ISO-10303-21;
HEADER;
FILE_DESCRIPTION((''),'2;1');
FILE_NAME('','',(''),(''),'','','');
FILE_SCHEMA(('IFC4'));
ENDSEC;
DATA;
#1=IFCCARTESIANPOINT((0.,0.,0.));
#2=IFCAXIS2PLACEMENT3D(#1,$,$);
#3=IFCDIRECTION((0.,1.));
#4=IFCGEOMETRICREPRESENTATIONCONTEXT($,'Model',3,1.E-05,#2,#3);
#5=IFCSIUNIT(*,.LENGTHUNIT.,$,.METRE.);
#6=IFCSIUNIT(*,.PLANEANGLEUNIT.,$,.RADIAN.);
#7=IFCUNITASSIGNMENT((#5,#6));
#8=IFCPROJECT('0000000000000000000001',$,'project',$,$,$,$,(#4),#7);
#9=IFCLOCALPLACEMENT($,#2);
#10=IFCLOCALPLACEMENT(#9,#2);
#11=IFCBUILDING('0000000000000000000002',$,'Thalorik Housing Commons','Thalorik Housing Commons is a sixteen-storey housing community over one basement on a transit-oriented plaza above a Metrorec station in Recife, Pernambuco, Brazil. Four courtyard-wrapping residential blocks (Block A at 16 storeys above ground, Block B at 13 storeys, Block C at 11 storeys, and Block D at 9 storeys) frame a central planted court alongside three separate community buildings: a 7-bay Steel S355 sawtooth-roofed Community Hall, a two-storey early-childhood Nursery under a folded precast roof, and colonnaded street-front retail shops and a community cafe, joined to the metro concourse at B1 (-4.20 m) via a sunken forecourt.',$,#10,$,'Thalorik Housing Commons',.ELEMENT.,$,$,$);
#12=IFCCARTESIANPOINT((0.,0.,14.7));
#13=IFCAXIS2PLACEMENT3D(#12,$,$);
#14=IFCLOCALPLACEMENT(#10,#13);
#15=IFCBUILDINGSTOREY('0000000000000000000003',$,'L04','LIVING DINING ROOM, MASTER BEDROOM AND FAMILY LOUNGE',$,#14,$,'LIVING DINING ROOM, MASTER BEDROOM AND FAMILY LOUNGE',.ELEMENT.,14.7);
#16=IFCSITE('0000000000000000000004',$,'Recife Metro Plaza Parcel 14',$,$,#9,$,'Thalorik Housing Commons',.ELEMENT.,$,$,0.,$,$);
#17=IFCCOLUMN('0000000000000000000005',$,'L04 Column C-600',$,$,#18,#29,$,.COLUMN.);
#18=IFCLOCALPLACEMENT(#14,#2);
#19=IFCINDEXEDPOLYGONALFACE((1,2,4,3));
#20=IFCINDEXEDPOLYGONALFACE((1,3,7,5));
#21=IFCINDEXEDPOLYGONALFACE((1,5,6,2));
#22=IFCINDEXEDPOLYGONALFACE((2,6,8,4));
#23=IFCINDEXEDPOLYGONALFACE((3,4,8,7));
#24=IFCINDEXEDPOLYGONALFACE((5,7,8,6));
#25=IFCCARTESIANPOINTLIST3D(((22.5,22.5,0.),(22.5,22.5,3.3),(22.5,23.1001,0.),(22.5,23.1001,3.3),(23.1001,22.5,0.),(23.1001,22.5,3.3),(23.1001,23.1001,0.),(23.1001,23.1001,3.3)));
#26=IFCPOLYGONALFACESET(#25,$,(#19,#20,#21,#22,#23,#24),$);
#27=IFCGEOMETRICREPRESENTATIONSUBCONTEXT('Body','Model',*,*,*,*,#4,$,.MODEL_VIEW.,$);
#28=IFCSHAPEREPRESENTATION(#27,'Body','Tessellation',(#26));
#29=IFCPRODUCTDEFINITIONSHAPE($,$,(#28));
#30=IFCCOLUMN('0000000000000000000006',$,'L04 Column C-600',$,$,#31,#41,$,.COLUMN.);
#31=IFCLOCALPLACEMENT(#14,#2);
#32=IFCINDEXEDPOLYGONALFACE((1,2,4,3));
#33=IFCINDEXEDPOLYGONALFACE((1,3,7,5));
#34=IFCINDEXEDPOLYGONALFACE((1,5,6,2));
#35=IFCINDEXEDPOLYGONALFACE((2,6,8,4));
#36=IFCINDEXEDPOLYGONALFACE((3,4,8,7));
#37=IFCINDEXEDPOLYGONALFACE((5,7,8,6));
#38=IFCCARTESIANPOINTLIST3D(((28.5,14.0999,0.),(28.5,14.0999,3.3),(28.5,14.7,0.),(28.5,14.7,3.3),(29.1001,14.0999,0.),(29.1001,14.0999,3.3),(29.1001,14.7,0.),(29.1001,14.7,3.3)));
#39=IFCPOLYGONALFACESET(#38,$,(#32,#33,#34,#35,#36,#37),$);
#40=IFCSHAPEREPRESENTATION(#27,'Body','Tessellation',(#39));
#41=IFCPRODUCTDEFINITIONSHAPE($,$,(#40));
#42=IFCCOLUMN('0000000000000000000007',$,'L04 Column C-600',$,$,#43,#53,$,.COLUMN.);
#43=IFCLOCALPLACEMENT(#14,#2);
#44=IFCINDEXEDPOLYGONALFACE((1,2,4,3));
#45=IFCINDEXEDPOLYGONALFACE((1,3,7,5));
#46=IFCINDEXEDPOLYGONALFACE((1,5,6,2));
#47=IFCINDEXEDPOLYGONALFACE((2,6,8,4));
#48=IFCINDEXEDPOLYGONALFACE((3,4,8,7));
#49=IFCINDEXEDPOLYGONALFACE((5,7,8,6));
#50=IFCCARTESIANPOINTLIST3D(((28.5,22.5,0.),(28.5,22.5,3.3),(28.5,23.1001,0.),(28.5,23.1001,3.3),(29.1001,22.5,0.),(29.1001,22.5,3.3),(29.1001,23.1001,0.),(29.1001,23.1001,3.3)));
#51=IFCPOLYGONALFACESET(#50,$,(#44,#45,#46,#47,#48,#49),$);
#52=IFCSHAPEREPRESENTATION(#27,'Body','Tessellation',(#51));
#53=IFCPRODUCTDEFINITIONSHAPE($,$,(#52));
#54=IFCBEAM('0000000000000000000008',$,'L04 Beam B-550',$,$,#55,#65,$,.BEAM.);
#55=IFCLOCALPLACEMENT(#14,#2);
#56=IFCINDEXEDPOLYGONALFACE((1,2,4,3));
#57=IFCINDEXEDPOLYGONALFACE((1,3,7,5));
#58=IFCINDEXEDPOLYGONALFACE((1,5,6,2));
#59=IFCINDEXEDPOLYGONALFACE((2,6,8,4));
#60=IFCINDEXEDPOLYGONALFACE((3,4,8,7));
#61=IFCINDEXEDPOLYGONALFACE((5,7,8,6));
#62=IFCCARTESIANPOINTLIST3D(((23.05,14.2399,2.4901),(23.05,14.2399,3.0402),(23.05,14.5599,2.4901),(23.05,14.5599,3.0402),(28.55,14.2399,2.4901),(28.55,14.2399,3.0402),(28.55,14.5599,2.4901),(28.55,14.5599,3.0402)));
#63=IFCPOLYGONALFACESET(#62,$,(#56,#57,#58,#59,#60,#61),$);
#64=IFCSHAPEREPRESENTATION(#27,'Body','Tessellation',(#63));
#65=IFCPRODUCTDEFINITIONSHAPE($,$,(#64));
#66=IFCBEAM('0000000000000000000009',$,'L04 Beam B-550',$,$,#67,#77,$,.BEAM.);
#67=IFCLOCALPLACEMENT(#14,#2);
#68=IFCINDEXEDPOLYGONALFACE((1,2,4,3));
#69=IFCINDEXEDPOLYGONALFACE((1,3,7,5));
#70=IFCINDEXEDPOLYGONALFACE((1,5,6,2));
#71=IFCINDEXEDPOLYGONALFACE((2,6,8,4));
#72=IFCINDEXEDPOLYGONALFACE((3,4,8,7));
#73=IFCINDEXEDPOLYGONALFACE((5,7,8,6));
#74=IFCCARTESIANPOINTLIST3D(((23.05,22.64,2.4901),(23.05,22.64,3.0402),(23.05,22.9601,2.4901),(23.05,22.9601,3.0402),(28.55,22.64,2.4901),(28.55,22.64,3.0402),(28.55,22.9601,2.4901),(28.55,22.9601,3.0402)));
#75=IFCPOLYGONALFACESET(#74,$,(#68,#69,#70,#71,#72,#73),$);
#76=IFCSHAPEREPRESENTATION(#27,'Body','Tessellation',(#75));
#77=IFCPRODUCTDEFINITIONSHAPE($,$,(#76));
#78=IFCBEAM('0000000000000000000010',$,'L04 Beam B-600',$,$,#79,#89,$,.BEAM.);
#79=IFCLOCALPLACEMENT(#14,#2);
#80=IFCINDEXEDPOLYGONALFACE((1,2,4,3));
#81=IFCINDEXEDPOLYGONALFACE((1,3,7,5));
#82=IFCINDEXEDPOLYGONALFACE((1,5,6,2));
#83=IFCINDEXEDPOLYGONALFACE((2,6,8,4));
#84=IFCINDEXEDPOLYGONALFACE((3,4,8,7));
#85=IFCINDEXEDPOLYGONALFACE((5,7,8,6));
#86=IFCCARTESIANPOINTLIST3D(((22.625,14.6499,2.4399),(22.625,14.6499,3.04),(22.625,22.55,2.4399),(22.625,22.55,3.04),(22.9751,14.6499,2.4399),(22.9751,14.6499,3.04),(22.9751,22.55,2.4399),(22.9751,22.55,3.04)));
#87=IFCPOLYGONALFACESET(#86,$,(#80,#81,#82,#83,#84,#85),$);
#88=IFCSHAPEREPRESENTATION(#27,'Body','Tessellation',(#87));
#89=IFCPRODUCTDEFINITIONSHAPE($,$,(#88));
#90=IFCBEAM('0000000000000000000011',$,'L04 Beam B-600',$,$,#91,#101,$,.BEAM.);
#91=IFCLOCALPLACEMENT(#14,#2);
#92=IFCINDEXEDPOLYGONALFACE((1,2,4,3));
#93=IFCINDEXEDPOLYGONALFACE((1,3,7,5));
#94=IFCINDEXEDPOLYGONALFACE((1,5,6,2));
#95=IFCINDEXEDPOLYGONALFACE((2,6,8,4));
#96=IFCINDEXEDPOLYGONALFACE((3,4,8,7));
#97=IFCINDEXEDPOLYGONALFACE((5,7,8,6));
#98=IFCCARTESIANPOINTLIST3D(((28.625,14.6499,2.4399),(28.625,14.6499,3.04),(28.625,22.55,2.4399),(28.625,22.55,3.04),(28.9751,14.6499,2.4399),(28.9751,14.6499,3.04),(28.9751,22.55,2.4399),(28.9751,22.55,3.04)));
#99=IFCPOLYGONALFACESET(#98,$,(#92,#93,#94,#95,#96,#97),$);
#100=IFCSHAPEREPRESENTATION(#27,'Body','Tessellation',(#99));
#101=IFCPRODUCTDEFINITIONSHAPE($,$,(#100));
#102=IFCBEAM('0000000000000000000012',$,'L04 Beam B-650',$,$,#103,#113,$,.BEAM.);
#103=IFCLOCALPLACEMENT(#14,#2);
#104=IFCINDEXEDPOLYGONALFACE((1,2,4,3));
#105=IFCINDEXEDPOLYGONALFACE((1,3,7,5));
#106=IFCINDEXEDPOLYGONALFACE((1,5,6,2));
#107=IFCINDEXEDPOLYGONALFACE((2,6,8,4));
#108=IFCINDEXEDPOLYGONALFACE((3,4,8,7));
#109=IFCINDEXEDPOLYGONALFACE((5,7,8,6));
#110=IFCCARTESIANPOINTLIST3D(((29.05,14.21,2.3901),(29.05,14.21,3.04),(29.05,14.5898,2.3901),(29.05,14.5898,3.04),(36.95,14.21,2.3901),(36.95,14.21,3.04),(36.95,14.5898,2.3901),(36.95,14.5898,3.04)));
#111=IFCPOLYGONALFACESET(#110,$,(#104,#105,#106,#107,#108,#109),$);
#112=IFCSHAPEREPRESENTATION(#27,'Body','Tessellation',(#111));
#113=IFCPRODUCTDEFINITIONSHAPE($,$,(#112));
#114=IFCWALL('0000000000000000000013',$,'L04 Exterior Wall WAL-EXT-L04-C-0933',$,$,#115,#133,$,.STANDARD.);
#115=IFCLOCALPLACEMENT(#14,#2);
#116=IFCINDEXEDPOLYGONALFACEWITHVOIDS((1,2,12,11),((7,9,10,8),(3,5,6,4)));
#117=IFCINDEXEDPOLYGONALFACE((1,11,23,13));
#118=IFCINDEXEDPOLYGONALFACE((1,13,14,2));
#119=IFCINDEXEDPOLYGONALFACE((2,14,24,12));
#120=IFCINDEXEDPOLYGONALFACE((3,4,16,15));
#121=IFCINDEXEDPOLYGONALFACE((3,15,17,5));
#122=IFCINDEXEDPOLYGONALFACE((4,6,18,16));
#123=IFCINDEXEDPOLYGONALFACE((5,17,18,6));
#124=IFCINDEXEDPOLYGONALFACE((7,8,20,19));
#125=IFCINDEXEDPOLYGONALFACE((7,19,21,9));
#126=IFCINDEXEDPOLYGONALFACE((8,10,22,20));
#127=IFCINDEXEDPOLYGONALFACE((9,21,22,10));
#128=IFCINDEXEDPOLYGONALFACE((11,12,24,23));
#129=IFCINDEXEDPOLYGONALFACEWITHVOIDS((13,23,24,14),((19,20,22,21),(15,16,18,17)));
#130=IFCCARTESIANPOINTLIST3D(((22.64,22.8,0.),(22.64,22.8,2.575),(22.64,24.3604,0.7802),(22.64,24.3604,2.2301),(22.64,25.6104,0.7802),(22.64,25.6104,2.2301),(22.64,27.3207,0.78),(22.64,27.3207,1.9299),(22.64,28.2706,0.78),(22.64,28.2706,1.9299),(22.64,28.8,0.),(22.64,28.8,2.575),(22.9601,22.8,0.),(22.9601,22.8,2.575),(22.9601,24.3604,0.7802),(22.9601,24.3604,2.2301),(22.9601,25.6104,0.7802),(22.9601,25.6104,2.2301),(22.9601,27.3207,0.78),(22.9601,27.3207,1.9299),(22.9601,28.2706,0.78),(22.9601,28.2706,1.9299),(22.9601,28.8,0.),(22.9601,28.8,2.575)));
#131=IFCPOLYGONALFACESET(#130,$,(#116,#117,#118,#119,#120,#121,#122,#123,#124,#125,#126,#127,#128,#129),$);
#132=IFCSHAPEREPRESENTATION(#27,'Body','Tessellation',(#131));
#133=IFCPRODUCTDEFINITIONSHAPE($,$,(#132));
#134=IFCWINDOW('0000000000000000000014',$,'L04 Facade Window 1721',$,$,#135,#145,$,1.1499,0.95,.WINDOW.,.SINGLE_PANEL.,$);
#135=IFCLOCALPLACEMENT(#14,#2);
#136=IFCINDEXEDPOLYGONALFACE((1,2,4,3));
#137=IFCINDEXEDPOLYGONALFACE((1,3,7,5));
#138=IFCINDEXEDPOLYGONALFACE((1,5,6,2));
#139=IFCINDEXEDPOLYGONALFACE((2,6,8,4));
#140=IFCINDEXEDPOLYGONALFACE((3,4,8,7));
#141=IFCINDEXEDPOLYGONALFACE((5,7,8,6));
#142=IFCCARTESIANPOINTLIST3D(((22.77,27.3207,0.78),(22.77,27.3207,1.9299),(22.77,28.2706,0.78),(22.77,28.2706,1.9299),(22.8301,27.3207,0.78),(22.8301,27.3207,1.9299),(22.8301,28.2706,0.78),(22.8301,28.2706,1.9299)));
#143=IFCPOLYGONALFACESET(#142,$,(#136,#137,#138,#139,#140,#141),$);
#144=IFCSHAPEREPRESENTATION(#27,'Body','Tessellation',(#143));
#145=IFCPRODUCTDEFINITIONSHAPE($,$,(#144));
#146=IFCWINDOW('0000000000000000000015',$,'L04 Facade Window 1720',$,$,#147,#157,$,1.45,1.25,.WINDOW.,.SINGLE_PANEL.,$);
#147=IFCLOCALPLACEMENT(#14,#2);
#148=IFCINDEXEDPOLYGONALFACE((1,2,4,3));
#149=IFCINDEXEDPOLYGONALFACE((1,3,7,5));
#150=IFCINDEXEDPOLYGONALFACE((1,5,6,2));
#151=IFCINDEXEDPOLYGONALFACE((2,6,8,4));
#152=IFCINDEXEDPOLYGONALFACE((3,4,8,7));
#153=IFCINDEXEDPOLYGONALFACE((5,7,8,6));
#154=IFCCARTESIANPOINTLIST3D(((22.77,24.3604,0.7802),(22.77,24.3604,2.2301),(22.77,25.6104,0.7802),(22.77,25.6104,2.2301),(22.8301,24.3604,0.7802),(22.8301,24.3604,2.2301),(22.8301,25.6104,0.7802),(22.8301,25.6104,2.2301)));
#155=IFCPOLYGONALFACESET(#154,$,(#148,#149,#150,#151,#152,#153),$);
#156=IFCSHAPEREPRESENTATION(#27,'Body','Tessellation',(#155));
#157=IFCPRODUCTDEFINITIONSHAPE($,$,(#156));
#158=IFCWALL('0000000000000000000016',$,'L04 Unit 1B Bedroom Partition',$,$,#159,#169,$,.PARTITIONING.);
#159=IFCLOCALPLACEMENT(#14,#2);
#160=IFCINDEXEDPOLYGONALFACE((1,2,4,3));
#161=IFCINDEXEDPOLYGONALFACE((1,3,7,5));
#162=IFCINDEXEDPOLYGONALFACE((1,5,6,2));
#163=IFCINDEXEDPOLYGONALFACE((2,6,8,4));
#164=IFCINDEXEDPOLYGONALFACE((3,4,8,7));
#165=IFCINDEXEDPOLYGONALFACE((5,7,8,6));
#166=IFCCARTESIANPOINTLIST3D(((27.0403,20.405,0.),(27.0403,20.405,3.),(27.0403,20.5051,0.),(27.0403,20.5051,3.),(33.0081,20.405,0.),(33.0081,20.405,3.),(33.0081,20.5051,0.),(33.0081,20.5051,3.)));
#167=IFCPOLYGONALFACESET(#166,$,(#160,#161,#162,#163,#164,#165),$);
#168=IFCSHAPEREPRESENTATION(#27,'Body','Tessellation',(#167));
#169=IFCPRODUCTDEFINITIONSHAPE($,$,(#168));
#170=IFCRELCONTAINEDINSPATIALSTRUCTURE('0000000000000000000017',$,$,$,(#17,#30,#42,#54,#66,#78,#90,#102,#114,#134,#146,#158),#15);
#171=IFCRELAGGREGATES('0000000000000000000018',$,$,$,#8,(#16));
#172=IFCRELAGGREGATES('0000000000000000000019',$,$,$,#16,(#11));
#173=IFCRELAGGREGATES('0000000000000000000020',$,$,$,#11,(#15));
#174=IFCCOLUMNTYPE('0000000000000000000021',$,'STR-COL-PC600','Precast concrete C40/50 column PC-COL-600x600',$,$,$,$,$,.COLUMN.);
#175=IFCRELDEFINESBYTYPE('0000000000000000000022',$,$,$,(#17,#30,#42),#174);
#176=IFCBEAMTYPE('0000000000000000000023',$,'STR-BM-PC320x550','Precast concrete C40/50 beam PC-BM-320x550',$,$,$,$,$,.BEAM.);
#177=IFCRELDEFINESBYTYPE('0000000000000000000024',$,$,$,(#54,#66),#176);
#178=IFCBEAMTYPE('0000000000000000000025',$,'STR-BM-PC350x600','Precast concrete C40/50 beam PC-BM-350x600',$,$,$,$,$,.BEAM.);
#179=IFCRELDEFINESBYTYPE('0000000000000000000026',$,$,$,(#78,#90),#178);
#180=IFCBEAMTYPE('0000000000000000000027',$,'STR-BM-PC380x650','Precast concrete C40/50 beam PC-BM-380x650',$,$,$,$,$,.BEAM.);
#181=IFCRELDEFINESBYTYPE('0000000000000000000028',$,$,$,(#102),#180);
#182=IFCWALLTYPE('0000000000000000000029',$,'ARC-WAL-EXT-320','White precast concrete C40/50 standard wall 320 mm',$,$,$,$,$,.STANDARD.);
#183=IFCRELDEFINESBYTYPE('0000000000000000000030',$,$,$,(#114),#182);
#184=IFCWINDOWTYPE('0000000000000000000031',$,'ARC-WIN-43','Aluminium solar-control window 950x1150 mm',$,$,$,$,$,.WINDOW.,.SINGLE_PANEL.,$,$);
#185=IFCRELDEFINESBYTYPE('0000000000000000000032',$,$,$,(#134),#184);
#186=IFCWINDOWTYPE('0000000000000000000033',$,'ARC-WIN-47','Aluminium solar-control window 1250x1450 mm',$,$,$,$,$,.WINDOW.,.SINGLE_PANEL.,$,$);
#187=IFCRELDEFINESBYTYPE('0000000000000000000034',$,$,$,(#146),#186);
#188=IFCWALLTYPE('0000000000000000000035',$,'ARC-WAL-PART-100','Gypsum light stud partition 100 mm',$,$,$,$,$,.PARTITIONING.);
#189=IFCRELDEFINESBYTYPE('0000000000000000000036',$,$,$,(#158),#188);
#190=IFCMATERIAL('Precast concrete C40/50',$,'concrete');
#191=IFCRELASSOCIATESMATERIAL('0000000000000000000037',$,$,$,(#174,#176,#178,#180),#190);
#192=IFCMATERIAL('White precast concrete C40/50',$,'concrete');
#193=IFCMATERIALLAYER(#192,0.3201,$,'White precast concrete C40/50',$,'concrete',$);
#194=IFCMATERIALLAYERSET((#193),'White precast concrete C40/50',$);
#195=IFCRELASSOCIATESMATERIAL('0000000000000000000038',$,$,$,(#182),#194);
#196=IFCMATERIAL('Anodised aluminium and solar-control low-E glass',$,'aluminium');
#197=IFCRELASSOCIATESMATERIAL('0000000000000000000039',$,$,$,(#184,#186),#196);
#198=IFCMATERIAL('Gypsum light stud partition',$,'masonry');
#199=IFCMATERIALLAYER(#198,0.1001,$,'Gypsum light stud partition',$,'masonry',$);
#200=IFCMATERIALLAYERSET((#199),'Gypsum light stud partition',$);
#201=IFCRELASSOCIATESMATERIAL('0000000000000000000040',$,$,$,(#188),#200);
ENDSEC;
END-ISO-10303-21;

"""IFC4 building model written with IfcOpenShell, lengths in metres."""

from ifc_helpers import new_model, si_unit, direction, frame, frame_2d, origin, origin_2d, place, context, subcontext, project, spatial, rectangle, extrude, material, layer, layer_set, material_profile, profile_set, type_object, element, fill, save


model = new_model("IFC4")

# Units and contexts
model_context = context("Model", 3, precision=1e-05, world=origin(), true_north=direction((0.0, 1.0)))
body_context = subcontext(model_context, "Body", "Model", "MODEL_VIEW")
ifc_project = project(units=[si_unit("LENGTHUNIT", "METRE"), si_unit("PLANEANGLEUNIT", "RADIAN")], contexts=[model_context])

# Site, building, storey
site_placement = place(None, origin())
site = spatial("IfcSite", under=ifc_project, at=site_placement, Name="Recife Metro Plaza Parcel 14", LongName="Thalorik Housing Commons", CompositionType="ELEMENT", RefElevation=0.0)
building_placement = place(site_placement, origin())
building = spatial("IfcBuilding", under=site, at=building_placement, Name="Thalorik Housing Commons", Description="Thalorik Housing Commons is a sixteen-storey housing community over one basement on a transit-oriented plaza above a Metrorec station in Recife, Pernambuco, Brazil. Four courtyard-wrapping residential blocks (Block A at 16 storeys above ground, Block B at 13 storeys, Block C at 11 storeys, and Block D at 9 storeys) frame a central planted court alongside three separate community buildings: a 7-bay Steel S355 sawtooth-roofed Community Hall, a two-storey early-childhood Nursery under a folded precast roof, and colonnaded street-front retail shops and a community cafe, joined to the metro concourse at B1 (-4.20 m) via a sunken forecourt.", LongName="Thalorik Housing Commons", CompositionType="ELEMENT")
storey_placement = place(building_placement, frame((0.0, 0.0, 14.7)))
storey = spatial("IfcBuildingStorey", under=building, at=storey_placement, Name="L04", Description="LIVING DINING ROOM, MASTER BEDROOM AND FAMILY LOUNGE", LongName="LIVING DINING ROOM, MASTER BEDROOM AND FAMILY LOUNGE", CompositionType="ELEMENT", Elevation=14.7)

# Columns
ifc_material_1 = material(Name="Precast concrete C40/50", Category="concrete")
ifc_material_profile_1 = material_profile(ifc_material_1, rectangle(XDim=0.6001, YDim=0.6001, at=origin_2d()), Name="PC 600x600", Category="concrete")
ifc_profile_set_1 = profile_set([ifc_material_profile_1], Name="Precast concrete C40/50")
column_type = type_object("IfcColumnType", Name="STR-COL-PC600", Description="Precast concrete C40/50 column PC-COL-600x600", PredefinedType="COLUMN", material=ifc_profile_set_1)
for number, where, z_axis, x_axis, name in (
    (1, (22.8, 22.8, 0.0), (0.0, 0.0, 1.0), (1.0, 0.0, 0.0), "L04 Column C-600"),
    (2, (28.8, 14.3999, 0.0), (0.0, 0.0, 1.0), (1.0, 0.0, 0.0), "L04 Column C-600"),
    (3, (28.8, 22.8, 0.0), (0.0, 0.0, 1.0), (1.0, 0.0, 0.0), "L04 Column C-600"),
):
    element("IfcColumn", number, at=place(storey_placement, frame(where, z_axis=z_axis, x_axis=x_axis)), inside=storey, type_object=column_type, Name=name, PredefinedType="COLUMN", context=body_context, shape_type="SweptSolid", body=[
        extrude(rectangle(XDim=0.6001, YDim=0.6001, at=origin_2d()), origin(), (0.0, 0.0, 1.0), 3.3),
    ])

# Beams
ifc_material_profile_2 = material_profile(ifc_material_1, rectangle(XDim=0.3201, YDim=0.55, at=origin_2d()), Name="PC 320x550", Category="concrete")
ifc_profile_set_2 = profile_set([ifc_material_profile_2], Name="Precast concrete C40/50")
beam_type_1 = type_object("IfcBeamType", Name="STR-BM-PC320x550", Description="Precast concrete C40/50 beam PC-BM-320x550", PredefinedType="BEAM", material=ifc_profile_set_2)
for number, where, z_axis, x_axis, name in (
    (4, (23.05, 14.3999, 2.7651), (1.0, 0.0, 0.0), (0.0, 1.0, 0.0), "L04 Beam B-550"),
    (5, (23.05, 22.8, 2.7651), (1.0, 0.0, 0.0), (0.0, 1.0, 0.0), "L04 Beam B-550"),
):
    element("IfcBeam", number, at=place(storey_placement, frame(where, z_axis=z_axis, x_axis=x_axis)), inside=storey, type_object=beam_type_1, Name=name, PredefinedType="BEAM", context=body_context, shape_type="SweptSolid", body=[
        extrude(rectangle(XDim=0.3201, YDim=0.55, at=origin_2d()), origin(), (0.0, 0.0, 1.0), 5.5),
    ])
ifc_material_profile_3 = material_profile(ifc_material_1, rectangle(XDim=0.3501, YDim=0.6001, at=origin_2d()), Name="PC 350x600", Category="concrete")
ifc_profile_set_3 = profile_set([ifc_material_profile_3], Name="Precast concrete C40/50")
beam_type_2 = type_object("IfcBeamType", Name="STR-BM-PC350x600", Description="Precast concrete C40/50 beam PC-BM-350x600", PredefinedType="BEAM", material=ifc_profile_set_3)
for number, where, z_axis, x_axis, name in (
    (6, (22.8, 14.6499, 2.74), (0.0, 1.0, 0.0), (-1.0, 0.0, 0.0), "L04 Beam B-600"),
    (7, (28.8, 14.6499, 2.74), (0.0, 1.0, 0.0), (-1.0, 0.0, 0.0), "L04 Beam B-600"),
):
    element("IfcBeam", number, at=place(storey_placement, frame(where, z_axis=z_axis, x_axis=x_axis)), inside=storey, type_object=beam_type_2, Name=name, PredefinedType="BEAM", context=body_context, shape_type="SweptSolid", body=[
        extrude(rectangle(XDim=0.3501, YDim=0.6001, at=origin_2d()), origin(), (0.0, 0.0, 1.0), 7.9001),
    ])
ifc_material_profile_4 = material_profile(ifc_material_1, rectangle(XDim=0.3799, YDim=0.6499, at=origin_2d()), Name="PC 380x650", Category="concrete")
ifc_profile_set_4 = profile_set([ifc_material_profile_4], Name="Precast concrete C40/50")
beam_type_3 = type_object("IfcBeamType", Name="STR-BM-PC380x650", Description="Precast concrete C40/50 beam PC-BM-380x650", PredefinedType="BEAM", material=ifc_profile_set_4)
beam_placement = place(storey_placement, frame((29.05, 14.3999, 2.7151), z_axis=(1.0, 0.0, 0.0), x_axis=(0.0, 1.0, 0.0)))
element("IfcBeam", 8, at=beam_placement, inside=storey, type_object=beam_type_3, Name="L04 Beam B-650", PredefinedType="BEAM", context=body_context, shape_type="SweptSolid", body=[
    extrude(rectangle(XDim=0.3799, YDim=0.6499, at=origin_2d()), origin(), (0.0, 0.0, 1.0), 7.8999),
])

# Wall, openings, windows
ifc_material_2 = material(Name="White precast concrete C40/50", Category="concrete")
ifc_layer_1 = layer(ifc_material_2, 0.3201, Name="White precast concrete C40/50", Category="concrete")
ifc_layer_set_1 = layer_set([ifc_layer_1], Name="White precast concrete C40/50")
wall_type_1 = type_object("IfcWallType", Name="ARC-WAL-EXT-320", Description="White precast concrete C40/50 standard wall 320 mm", PredefinedType="STANDARD", material=ifc_layer_set_1)
wall_1_placement = place(storey_placement, frame((22.8, 22.8, 0.0), z_axis=(0.0, 0.0, 1.0), x_axis=(0.0, 1.0, 0.0)))
wall_1 = element("IfcWall", 9, at=wall_1_placement, inside=storey, type_object=wall_type_1, Name="L04 Exterior Wall WAL-EXT-L04-C-0933", PredefinedType="STANDARD", context=body_context, shape_type="SweptSolid", body=[
    extrude(rectangle(XDim=6.0, YDim=0.3201, at=frame_2d((3.0, 0.0))), origin(), (0.0, 0.0, 1.0), 2.575),
])
opening_1_placement = place(wall_1_placement, frame((1.5603, 0.0, 0.78)))
opening_1 = element("IfcOpeningElement", 10, at=opening_1_placement, cuts=wall_1, PredefinedType="OPENING", context=body_context, shape_type="SweptSolid", body=[
    extrude(rectangle(XDim=1.25, YDim=1.45, at=frame_2d((0.625, 0.7251))), frame((0.0, 0.1699, 0.0), z_axis=(0.0, -1.0, 0.0), x_axis=(1.0, 0.0, 0.0)), (0.0, 0.0, 1.0), 0.3401),
])
opening_2_placement = place(wall_1_placement, frame((4.5205, 0.0, 0.78)))
opening_2 = element("IfcOpeningElement", 11, at=opening_2_placement, cuts=wall_1, PredefinedType="OPENING", context=body_context, shape_type="SweptSolid", body=[
    extrude(rectangle(XDim=0.95, YDim=1.1499, at=frame_2d((0.4751, 0.575))), frame((0.0, 0.1699, 0.0), z_axis=(0.0, -1.0, 0.0), x_axis=(1.0, 0.0, 0.0)), (0.0, 0.0, 1.0), 0.3401),
])
ifc_material_3 = material(Name="Anodised aluminium and solar-control low-E glass", Category="aluminium")
window_type_1 = type_object("IfcWindowType", Name="ARC-WIN-43", Description="Aluminium solar-control window 950x1150 mm", PartitioningType="SINGLE_PANEL", PredefinedType="WINDOW", material=ifc_material_3)
window_1_placement = place(opening_2_placement, origin())
window_1 = element("IfcWindow", 12, at=window_1_placement, inside=storey, type_object=window_type_1, Name="L04 Facade Window 1721", OverallHeight=1.1499, OverallWidth=0.95, PartitioningType="SINGLE_PANEL", PredefinedType="WINDOW", context=body_context, shape_type="SweptSolid", body=[
    extrude(rectangle(XDim=0.95, YDim=1.1499, at=frame_2d((0.4751, 0.575))), frame((0.0, 0.03, 0.0), z_axis=(0.0, -1.0, 0.0), x_axis=(1.0, 0.0, 0.0)), (0.0, 0.0, 1.0), 0.0601),
])
fill(opening_2, window_1)
window_type_2 = type_object("IfcWindowType", Name="ARC-WIN-47", Description="Aluminium solar-control window 1250x1450 mm", PartitioningType="SINGLE_PANEL", PredefinedType="WINDOW", material=ifc_material_3)
window_2_placement = place(opening_1_placement, origin())
window_2 = element("IfcWindow", 13, at=window_2_placement, inside=storey, type_object=window_type_2, Name="L04 Facade Window 1720", OverallHeight=1.45, OverallWidth=1.25, PartitioningType="SINGLE_PANEL", PredefinedType="WINDOW", context=body_context, shape_type="SweptSolid", body=[
    extrude(rectangle(XDim=1.25, YDim=1.45, at=frame_2d((0.625, 0.7251))), frame((0.0, 0.03, 0.0), z_axis=(0.0, -1.0, 0.0), x_axis=(1.0, 0.0, 0.0)), (0.0, 0.0, 1.0), 0.0601),
])
fill(opening_1, window_2)

# Wall
ifc_material_4 = material(Name="Gypsum light stud partition", Category="masonry")
ifc_layer_2 = layer(ifc_material_4, 0.1001, Name="Gypsum light stud partition", Category="masonry")
ifc_layer_set_2 = layer_set([ifc_layer_2], Name="Gypsum light stud partition")
wall_type_2 = type_object("IfcWallType", Name="ARC-WAL-PART-100", Description="Gypsum light stud partition 100 mm", PredefinedType="PARTITIONING", material=ifc_layer_set_2)
wall_2_placement = place(storey_placement, frame((27.0403, 20.4551, 0.0), z_axis=(0.0, 0.0, 1.0), x_axis=(1.0, 0.0, 0.0)))
element("IfcWall", 14, at=wall_2_placement, inside=storey, type_object=wall_type_2, Name="L04 Unit 1B Bedroom Partition", PredefinedType="PARTITIONING", context=body_context, shape_type="SweptSolid", body=[
    extrude(rectangle(XDim=5.9678, YDim=0.1001, at=frame_2d((2.9839, 0.0))), origin(), (0.0, 0.0, 1.0), 3.0),
])

save(model, "model.ifc")
